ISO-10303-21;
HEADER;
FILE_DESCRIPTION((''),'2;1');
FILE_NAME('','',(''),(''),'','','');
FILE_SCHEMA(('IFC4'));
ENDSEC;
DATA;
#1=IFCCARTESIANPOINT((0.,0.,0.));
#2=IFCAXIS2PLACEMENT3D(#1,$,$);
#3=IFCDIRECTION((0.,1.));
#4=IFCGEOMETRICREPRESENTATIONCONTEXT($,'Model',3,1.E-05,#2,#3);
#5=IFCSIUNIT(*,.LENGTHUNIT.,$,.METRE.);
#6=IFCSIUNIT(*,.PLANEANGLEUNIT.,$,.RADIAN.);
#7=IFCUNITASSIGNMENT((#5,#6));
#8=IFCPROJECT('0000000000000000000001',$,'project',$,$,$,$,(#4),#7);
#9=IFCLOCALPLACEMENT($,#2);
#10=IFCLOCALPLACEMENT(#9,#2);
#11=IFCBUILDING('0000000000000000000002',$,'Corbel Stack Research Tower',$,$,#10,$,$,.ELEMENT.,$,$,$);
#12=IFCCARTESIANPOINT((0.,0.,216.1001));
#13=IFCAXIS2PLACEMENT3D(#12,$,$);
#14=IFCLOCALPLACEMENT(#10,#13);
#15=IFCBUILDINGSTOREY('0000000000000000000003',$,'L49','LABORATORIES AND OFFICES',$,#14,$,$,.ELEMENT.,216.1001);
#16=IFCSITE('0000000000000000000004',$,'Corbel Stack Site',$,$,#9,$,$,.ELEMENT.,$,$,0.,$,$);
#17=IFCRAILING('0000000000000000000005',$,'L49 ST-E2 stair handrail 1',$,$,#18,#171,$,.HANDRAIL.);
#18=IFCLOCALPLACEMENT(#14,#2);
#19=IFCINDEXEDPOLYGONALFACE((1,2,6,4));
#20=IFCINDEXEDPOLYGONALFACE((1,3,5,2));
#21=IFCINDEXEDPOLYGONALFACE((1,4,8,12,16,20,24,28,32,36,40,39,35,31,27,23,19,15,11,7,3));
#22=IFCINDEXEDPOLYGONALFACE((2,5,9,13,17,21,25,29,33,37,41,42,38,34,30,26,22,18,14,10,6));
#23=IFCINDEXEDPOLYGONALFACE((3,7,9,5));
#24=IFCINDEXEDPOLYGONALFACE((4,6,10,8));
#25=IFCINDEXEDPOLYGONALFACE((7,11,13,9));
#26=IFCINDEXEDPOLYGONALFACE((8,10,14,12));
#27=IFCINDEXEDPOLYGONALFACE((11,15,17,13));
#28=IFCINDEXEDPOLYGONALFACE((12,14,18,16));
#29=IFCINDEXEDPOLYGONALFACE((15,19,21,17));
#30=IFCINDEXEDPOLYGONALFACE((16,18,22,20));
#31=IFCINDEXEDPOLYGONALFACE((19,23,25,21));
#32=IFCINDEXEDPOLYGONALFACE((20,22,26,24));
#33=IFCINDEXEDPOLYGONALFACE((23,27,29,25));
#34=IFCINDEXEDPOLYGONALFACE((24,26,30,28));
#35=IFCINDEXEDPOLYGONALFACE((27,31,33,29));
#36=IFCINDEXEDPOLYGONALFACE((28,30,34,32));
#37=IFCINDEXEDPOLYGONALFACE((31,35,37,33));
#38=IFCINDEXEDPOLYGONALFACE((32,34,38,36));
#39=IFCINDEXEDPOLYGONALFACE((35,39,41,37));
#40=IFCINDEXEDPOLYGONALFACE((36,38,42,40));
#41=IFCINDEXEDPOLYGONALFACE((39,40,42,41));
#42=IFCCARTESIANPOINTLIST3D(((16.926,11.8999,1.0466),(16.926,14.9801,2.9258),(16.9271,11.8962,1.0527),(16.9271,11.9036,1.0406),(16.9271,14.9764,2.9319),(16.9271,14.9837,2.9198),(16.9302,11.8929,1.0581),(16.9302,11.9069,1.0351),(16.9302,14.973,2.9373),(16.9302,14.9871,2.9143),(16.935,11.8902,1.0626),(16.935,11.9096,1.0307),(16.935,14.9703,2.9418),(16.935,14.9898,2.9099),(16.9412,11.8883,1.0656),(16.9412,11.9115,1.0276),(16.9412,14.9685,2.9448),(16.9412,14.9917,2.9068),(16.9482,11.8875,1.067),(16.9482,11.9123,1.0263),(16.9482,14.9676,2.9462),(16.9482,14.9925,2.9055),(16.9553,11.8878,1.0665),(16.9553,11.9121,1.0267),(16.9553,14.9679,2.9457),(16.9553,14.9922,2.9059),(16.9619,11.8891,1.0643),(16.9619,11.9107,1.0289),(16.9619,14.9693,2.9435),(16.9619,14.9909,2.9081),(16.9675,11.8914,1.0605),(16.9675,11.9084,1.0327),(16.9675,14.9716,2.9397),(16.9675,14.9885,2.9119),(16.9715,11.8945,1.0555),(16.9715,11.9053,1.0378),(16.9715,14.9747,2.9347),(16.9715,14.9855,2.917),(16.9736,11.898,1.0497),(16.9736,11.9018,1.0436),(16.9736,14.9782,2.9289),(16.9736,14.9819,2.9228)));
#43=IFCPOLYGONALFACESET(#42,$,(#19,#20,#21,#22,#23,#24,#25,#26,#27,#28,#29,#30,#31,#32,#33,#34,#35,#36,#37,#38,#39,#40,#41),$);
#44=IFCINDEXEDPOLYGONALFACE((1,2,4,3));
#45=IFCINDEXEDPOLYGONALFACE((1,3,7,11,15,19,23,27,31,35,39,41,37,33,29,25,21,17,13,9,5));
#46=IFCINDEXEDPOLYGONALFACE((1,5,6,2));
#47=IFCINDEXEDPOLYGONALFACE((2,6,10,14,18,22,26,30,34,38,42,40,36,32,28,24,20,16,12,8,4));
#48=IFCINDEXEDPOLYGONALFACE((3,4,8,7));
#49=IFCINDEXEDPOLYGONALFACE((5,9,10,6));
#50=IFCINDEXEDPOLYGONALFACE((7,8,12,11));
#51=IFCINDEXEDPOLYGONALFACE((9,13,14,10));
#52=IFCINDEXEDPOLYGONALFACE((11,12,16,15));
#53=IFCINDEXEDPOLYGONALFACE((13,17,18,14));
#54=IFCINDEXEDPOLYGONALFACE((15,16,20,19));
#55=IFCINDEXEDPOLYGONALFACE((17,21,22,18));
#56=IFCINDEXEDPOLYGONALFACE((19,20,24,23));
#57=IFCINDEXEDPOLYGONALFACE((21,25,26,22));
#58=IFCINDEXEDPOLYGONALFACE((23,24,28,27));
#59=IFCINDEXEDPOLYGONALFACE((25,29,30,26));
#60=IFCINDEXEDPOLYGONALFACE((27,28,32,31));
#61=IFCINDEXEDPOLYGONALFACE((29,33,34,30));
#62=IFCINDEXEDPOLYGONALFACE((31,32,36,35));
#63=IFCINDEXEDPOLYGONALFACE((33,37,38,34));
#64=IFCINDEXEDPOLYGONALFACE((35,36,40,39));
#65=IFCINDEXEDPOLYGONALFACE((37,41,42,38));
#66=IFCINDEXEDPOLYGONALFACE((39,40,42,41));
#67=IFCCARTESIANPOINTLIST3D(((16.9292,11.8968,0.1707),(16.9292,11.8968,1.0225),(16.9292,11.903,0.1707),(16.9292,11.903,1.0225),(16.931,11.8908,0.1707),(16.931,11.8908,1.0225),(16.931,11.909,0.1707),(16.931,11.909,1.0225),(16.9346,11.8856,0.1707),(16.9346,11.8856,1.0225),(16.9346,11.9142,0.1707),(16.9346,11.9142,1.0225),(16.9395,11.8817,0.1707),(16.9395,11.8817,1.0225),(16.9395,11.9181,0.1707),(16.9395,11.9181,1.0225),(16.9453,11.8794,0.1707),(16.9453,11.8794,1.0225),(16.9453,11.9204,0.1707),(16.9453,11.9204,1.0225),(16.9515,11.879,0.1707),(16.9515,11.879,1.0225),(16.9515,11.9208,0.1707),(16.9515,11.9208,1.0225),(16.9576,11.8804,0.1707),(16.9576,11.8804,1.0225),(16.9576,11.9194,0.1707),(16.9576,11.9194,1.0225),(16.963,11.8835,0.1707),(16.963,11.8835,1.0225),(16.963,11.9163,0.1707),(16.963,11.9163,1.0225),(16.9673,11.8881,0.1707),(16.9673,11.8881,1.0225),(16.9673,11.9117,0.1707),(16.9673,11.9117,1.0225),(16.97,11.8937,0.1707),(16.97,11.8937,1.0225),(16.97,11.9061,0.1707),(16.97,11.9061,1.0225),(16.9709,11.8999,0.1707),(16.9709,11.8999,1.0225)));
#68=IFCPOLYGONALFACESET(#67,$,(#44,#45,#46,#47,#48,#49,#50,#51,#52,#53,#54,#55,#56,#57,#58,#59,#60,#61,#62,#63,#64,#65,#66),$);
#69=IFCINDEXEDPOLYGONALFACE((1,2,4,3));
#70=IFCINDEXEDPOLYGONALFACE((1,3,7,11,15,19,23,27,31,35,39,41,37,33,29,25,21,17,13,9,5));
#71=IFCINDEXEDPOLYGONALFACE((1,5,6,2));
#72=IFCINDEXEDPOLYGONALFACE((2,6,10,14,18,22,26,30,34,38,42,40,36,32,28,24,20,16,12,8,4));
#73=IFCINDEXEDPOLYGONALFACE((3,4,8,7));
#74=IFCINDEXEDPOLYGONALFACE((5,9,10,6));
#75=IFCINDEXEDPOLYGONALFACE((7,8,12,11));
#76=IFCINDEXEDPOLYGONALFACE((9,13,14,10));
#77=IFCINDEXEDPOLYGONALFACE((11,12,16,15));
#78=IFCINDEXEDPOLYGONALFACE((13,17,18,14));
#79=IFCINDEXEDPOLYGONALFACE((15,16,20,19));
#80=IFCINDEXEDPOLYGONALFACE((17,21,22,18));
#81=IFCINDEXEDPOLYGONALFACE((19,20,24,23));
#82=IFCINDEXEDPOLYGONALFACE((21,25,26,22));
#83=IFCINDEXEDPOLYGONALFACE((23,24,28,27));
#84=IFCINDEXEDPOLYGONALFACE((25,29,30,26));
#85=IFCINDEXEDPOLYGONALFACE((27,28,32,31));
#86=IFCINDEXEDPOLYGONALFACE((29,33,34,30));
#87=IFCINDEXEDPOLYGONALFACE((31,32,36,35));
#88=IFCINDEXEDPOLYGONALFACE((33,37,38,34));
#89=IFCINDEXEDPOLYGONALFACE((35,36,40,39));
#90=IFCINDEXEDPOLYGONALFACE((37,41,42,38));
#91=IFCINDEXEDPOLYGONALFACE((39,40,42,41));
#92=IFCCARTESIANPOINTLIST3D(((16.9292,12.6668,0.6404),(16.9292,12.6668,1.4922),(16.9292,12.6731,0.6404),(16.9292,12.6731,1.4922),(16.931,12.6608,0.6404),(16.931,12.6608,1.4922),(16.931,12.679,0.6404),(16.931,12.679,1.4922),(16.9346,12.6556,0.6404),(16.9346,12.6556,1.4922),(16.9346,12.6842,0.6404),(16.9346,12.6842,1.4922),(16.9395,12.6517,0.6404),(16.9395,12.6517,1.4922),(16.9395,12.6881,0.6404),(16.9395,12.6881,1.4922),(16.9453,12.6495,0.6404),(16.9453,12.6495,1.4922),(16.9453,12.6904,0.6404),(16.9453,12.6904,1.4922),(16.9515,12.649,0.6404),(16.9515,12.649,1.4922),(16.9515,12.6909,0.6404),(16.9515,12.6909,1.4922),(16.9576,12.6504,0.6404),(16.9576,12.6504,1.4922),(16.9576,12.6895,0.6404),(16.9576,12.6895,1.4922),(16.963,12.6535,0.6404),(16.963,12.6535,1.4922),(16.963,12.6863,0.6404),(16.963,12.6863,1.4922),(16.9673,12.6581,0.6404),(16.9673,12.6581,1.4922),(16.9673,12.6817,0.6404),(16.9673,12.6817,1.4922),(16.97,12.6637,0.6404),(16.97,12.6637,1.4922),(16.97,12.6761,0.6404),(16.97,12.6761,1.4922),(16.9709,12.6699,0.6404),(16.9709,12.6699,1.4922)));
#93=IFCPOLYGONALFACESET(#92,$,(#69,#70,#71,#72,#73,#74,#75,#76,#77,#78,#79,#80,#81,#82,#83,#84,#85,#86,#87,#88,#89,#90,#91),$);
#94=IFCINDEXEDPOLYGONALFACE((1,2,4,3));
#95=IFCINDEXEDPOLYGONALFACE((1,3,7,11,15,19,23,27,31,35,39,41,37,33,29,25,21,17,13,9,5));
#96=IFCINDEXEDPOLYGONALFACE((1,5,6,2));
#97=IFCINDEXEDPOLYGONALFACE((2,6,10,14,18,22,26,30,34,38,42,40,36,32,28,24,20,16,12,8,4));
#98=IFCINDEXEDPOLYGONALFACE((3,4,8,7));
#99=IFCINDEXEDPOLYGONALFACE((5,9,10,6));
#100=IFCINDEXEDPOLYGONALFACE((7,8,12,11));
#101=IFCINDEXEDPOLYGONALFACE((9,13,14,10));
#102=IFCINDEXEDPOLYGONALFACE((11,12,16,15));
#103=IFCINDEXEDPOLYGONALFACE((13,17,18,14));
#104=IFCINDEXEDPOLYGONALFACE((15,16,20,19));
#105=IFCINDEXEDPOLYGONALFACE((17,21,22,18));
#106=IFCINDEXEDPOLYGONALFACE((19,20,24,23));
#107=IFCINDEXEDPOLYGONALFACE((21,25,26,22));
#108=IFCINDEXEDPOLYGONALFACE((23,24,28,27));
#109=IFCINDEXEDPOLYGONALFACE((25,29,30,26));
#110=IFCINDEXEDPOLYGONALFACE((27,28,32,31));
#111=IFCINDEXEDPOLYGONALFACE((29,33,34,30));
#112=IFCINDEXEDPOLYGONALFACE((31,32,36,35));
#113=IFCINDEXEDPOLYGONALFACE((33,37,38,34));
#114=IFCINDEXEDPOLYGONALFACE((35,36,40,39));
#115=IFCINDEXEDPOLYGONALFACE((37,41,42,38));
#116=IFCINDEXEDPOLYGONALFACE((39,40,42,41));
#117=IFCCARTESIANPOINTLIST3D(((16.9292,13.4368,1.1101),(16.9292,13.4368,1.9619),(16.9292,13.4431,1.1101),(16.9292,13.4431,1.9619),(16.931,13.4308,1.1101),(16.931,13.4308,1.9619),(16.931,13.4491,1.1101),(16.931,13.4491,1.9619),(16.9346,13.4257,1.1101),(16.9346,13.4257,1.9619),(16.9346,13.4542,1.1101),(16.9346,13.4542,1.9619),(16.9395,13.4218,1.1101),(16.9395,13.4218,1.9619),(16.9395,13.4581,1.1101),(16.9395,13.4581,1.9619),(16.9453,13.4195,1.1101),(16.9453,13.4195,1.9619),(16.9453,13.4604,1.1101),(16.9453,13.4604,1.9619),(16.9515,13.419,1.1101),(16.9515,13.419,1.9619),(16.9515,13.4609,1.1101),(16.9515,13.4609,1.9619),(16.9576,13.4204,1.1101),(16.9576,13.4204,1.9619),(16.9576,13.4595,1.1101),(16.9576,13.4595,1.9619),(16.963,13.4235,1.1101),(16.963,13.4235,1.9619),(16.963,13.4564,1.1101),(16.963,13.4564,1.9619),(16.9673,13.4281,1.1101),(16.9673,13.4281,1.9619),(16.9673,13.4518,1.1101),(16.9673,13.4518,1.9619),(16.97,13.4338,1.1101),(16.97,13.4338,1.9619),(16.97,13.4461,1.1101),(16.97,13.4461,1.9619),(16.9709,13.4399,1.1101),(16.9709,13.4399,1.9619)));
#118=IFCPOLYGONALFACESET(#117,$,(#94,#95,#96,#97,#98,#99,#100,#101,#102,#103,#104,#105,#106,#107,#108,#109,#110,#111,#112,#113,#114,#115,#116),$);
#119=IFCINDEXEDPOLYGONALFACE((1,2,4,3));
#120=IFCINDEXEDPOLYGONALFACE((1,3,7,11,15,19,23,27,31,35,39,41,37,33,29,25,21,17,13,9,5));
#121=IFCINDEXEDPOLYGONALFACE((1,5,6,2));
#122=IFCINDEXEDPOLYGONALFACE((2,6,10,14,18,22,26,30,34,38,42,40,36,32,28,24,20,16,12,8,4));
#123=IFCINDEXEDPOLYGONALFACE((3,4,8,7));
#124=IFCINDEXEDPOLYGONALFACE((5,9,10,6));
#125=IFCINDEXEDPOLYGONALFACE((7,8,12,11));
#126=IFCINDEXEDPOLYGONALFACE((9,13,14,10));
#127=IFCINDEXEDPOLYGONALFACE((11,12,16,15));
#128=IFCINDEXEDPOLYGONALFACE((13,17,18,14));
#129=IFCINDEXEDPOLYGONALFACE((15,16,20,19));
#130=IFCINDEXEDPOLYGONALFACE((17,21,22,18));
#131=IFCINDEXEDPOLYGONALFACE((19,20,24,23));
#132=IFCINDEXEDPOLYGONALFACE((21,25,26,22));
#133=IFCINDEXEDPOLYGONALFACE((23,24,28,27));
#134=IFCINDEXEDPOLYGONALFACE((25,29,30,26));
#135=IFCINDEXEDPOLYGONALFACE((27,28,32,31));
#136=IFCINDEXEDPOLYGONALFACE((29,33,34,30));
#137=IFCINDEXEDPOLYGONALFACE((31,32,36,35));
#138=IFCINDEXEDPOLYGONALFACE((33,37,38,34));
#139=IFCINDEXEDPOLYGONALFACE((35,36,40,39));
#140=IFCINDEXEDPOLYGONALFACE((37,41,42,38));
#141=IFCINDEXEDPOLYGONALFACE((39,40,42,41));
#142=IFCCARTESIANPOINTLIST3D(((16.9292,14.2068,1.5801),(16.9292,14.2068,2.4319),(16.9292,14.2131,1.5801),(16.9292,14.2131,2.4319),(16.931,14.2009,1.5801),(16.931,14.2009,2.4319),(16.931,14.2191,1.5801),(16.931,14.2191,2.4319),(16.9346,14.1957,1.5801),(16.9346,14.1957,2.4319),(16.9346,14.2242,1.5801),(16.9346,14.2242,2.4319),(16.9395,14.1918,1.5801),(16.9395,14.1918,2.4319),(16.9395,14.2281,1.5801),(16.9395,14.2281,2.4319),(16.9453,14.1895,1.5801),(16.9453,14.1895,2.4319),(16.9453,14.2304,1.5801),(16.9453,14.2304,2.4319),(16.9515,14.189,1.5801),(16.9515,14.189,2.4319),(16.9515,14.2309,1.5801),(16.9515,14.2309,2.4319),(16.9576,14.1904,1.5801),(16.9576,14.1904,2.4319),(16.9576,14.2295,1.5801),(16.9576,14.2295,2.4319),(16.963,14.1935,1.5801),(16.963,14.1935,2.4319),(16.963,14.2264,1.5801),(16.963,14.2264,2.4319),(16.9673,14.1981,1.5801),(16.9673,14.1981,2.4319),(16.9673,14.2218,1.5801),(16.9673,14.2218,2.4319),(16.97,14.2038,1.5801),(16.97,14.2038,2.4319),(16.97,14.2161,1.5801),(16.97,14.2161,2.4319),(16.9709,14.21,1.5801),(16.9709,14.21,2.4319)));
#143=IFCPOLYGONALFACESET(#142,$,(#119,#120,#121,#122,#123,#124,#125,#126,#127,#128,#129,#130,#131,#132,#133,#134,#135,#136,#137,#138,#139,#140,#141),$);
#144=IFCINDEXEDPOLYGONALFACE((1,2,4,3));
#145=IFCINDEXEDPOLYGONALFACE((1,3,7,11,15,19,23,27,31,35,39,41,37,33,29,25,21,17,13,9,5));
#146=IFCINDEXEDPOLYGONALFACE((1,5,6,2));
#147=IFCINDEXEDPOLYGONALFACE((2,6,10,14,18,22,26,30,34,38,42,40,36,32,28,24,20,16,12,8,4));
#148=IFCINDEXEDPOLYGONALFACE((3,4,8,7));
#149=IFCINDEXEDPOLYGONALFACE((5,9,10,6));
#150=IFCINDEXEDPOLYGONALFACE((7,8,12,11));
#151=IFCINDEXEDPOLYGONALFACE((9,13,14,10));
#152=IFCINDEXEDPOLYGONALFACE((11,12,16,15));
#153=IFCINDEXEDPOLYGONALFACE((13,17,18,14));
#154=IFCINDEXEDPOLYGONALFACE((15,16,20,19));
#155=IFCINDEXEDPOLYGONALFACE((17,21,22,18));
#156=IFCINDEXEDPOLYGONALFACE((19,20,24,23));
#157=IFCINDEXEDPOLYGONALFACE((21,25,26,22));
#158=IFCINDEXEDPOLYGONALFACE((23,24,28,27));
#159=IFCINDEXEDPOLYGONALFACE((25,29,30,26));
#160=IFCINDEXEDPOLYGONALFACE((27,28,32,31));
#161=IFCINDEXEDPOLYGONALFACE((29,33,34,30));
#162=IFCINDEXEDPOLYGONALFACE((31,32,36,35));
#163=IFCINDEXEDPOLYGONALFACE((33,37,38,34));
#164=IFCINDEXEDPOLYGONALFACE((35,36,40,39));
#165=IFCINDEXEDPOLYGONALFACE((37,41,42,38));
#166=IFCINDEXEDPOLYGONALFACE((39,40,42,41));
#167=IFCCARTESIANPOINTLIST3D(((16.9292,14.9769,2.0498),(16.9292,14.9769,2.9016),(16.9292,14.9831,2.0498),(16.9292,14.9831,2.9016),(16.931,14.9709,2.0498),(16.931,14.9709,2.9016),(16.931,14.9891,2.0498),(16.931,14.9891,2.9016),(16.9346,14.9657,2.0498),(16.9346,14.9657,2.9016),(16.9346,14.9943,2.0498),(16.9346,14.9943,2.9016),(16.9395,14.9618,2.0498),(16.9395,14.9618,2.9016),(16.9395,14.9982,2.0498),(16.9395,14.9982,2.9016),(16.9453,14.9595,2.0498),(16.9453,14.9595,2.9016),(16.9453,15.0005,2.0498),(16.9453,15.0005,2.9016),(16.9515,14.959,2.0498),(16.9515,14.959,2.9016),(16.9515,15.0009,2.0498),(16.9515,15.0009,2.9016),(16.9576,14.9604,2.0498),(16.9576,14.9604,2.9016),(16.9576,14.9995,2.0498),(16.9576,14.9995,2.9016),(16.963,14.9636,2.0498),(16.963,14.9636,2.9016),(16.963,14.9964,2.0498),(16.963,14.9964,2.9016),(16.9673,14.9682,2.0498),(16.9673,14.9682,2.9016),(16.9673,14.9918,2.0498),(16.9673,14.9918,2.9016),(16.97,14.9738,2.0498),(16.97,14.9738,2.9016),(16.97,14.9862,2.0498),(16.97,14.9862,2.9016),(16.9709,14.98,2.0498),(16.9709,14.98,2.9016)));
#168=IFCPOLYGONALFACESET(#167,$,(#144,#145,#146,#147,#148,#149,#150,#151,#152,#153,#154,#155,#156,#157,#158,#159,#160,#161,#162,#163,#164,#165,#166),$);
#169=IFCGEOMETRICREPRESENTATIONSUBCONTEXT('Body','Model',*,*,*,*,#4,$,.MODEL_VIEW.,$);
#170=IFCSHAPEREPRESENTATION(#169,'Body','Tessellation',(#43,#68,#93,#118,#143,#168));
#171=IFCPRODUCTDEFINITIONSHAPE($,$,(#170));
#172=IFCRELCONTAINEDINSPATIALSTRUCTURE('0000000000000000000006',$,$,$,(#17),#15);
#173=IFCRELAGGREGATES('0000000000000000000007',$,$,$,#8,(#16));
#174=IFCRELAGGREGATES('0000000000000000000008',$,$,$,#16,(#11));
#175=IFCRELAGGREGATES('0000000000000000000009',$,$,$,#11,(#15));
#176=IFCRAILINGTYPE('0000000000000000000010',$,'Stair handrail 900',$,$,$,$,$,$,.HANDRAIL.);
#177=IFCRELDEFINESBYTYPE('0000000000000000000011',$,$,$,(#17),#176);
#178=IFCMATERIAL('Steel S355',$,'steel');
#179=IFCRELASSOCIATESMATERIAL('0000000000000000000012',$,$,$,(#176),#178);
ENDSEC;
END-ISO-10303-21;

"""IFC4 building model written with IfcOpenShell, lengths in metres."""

from ifc_helpers import new_model, si_unit, direction, frame, origin, origin_2d, place, context, subcontext, project, spatial, circle, extrude, material, type_object, element, save


model = new_model("IFC4")

# Units and contexts
model_context = context("Model", 3, precision=1e-05, world=origin(), true_north=direction((0.0, 1.0)))
body_context = subcontext(model_context, "Body", "Model", "MODEL_VIEW")
ifc_project = project(units=[si_unit("LENGTHUNIT", "METRE"), si_unit("PLANEANGLEUNIT", "RADIAN")], contexts=[model_context])

# Site, building, storey
site_placement = place(None, origin())
site = spatial("IfcSite", under=ifc_project, at=site_placement, Name="Corbel Stack Site", CompositionType="ELEMENT", RefElevation=0.0)
building_placement = place(site_placement, origin())
building = spatial("IfcBuilding", under=site, at=building_placement, Name="Corbel Stack Research Tower", CompositionType="ELEMENT")
storey_placement = place(building_placement, frame((0.0, 0.0, 216.1001)))
storey = spatial("IfcBuildingStorey", under=building, at=storey_placement, Name="L49", Description="LABORATORIES AND OFFICES", CompositionType="ELEMENT", Elevation=216.1001)

# Railing
ifc_material_1 = material(Name="Steel S355", Category="steel")
railing_type_1 = type_object("IfcRailingType", Name="Stair handrail 900", PredefinedType="HANDRAIL", material=ifc_material_1)
railing_1_placement = place(storey_placement, frame((16.95, 11.8999, 0.1707)))
element("IfcRailing", 1, at=railing_1_placement, inside=storey, type_object=railing_type_1, Name="L49 ST-E2 stair handrail 1", PredefinedType="HANDRAIL", context=body_context, shape_type="SweptSolid", body=[
    extrude(circle(Radius=0.0239, at=origin_2d()), frame((0.0, 0.0, 0.876), z_axis=(0.0, 0.853666, 0.52082), x_axis=(-1.0, 0.0, 0.0)), (0.0, 0.0, 1.0), 3.6082),
    extrude(circle(Radius=0.021, at=origin_2d()), origin(), (0.0, 0.0, 1.0), 0.8518),
    extrude(circle(Radius=0.021, at=origin_2d()), frame((0.0, 0.77, 0.4697)), (0.0, 0.0, 1.0), 0.8518),
    extrude(circle(Radius=0.021, at=origin_2d()), frame((0.0, 1.54, 0.9395)), (0.0, 0.0, 1.0), 0.8518),
    extrude(circle(Radius=0.021, at=origin_2d()), frame((0.0, 2.3101, 1.4094)), (0.0, 0.0, 1.0), 0.8518),
    extrude(circle(Radius=0.021, at=origin_2d()), frame((0.0, 3.0801, 1.8792)), (0.0, 0.0, 1.0), 0.8518),
])

save(model, "model.ifc")
